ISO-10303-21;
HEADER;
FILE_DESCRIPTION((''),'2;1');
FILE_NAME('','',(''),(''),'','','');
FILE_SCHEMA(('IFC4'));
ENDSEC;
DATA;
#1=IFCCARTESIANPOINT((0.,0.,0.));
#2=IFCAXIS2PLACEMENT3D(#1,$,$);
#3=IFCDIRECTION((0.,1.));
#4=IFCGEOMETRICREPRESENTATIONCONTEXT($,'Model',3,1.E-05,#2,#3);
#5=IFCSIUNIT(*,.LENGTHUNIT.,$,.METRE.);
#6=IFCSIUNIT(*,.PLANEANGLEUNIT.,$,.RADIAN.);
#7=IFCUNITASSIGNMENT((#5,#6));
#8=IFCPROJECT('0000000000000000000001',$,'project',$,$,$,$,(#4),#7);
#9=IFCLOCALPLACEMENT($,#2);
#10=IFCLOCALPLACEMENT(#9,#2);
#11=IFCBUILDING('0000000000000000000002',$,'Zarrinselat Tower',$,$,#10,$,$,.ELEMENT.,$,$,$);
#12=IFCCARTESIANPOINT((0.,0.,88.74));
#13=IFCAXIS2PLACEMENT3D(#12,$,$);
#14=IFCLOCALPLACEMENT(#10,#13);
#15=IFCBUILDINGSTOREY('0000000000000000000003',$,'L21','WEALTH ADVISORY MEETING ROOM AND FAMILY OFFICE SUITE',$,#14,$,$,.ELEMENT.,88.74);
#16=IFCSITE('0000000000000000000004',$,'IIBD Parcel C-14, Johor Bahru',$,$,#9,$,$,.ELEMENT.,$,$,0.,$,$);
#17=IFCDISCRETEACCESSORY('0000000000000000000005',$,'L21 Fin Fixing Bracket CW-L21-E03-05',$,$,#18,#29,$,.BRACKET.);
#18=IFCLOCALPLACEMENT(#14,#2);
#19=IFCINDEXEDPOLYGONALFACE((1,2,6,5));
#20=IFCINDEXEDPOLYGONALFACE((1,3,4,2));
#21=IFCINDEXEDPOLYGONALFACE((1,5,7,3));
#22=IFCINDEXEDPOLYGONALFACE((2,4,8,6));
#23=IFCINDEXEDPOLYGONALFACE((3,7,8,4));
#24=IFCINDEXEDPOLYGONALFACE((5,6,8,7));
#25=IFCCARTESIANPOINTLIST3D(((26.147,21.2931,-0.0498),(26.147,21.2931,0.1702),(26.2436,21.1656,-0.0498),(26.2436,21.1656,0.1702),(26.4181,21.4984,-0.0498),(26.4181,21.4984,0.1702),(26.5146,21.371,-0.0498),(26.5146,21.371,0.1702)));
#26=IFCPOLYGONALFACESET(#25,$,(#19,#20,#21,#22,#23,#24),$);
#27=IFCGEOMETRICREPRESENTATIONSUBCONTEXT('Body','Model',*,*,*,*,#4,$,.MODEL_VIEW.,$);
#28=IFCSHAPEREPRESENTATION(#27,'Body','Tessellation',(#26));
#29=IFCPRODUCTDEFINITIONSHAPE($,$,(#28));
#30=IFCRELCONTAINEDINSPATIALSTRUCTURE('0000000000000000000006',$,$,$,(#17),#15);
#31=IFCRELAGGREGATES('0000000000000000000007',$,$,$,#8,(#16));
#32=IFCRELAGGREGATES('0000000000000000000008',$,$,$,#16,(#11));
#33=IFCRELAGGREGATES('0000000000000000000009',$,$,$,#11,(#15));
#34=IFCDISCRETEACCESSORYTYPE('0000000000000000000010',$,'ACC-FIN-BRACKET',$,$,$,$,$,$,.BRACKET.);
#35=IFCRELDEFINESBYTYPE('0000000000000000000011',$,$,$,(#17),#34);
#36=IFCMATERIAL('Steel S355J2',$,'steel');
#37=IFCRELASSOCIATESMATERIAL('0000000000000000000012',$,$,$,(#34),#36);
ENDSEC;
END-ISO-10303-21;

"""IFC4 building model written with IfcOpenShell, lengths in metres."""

from ifc_helpers import new_model, si_unit, direction, frame, origin, origin_2d, place, context, subcontext, project, spatial, rectangle, extrude, material, type_object, element, save


model = new_model("IFC4")

# Units and contexts
model_context = context("Model", 3, precision=1e-05, world=origin(), true_north=direction((0.0, 1.0)))
body_context = subcontext(model_context, "Body", "Model", "MODEL_VIEW")
ifc_project = project(units=[si_unit("LENGTHUNIT", "METRE"), si_unit("PLANEANGLEUNIT", "RADIAN")], contexts=[model_context])

# Site, building, storey
site_placement = place(None, origin())
site = spatial("IfcSite", under=ifc_project, at=site_placement, Name="IIBD Parcel C-14, Johor Bahru", CompositionType="ELEMENT", RefElevation=0.0)
building_placement = place(site_placement, origin())
building = spatial("IfcBuilding", under=site, at=building_placement, Name="Zarrinselat Tower", CompositionType="ELEMENT")
storey_placement = place(building_placement, frame((0.0, 0.0, 88.74)))
storey = spatial("IfcBuildingStorey", under=building, at=storey_placement, Name="L21", Description="WEALTH ADVISORY MEETING ROOM AND FAMILY OFFICE SUITE", CompositionType="ELEMENT", Elevation=88.74)

# Discrete accessory
ifc_material_1 = material(Name="Steel S355J2", Category="steel")
discrete_accessory_type = type_object("IfcDiscreteAccessoryType", Name="ACC-FIN-BRACKET", PredefinedType="BRACKET", material=ifc_material_1)
discrete_accessory_placement = place(storey_placement, frame((26.3308, 21.332, -0.0498), z_axis=(0.0, 0.0, 1.0), x_axis=(-0.797093, -0.603856, 0.0)))
element("IfcDiscreteAccessory", 1, at=discrete_accessory_placement, inside=storey, type_object=discrete_accessory_type, Name="L21 Fin Fixing Bracket CW-L21-E03-05", PredefinedType="BRACKET", context=body_context, shape_type="SweptSolid", body=[
    extrude(rectangle(XDim=0.3401, YDim=0.1599, at=origin_2d()), origin(), (0.0, 0.0, 1.0), 0.22),
])

save(model, "model.ifc")
